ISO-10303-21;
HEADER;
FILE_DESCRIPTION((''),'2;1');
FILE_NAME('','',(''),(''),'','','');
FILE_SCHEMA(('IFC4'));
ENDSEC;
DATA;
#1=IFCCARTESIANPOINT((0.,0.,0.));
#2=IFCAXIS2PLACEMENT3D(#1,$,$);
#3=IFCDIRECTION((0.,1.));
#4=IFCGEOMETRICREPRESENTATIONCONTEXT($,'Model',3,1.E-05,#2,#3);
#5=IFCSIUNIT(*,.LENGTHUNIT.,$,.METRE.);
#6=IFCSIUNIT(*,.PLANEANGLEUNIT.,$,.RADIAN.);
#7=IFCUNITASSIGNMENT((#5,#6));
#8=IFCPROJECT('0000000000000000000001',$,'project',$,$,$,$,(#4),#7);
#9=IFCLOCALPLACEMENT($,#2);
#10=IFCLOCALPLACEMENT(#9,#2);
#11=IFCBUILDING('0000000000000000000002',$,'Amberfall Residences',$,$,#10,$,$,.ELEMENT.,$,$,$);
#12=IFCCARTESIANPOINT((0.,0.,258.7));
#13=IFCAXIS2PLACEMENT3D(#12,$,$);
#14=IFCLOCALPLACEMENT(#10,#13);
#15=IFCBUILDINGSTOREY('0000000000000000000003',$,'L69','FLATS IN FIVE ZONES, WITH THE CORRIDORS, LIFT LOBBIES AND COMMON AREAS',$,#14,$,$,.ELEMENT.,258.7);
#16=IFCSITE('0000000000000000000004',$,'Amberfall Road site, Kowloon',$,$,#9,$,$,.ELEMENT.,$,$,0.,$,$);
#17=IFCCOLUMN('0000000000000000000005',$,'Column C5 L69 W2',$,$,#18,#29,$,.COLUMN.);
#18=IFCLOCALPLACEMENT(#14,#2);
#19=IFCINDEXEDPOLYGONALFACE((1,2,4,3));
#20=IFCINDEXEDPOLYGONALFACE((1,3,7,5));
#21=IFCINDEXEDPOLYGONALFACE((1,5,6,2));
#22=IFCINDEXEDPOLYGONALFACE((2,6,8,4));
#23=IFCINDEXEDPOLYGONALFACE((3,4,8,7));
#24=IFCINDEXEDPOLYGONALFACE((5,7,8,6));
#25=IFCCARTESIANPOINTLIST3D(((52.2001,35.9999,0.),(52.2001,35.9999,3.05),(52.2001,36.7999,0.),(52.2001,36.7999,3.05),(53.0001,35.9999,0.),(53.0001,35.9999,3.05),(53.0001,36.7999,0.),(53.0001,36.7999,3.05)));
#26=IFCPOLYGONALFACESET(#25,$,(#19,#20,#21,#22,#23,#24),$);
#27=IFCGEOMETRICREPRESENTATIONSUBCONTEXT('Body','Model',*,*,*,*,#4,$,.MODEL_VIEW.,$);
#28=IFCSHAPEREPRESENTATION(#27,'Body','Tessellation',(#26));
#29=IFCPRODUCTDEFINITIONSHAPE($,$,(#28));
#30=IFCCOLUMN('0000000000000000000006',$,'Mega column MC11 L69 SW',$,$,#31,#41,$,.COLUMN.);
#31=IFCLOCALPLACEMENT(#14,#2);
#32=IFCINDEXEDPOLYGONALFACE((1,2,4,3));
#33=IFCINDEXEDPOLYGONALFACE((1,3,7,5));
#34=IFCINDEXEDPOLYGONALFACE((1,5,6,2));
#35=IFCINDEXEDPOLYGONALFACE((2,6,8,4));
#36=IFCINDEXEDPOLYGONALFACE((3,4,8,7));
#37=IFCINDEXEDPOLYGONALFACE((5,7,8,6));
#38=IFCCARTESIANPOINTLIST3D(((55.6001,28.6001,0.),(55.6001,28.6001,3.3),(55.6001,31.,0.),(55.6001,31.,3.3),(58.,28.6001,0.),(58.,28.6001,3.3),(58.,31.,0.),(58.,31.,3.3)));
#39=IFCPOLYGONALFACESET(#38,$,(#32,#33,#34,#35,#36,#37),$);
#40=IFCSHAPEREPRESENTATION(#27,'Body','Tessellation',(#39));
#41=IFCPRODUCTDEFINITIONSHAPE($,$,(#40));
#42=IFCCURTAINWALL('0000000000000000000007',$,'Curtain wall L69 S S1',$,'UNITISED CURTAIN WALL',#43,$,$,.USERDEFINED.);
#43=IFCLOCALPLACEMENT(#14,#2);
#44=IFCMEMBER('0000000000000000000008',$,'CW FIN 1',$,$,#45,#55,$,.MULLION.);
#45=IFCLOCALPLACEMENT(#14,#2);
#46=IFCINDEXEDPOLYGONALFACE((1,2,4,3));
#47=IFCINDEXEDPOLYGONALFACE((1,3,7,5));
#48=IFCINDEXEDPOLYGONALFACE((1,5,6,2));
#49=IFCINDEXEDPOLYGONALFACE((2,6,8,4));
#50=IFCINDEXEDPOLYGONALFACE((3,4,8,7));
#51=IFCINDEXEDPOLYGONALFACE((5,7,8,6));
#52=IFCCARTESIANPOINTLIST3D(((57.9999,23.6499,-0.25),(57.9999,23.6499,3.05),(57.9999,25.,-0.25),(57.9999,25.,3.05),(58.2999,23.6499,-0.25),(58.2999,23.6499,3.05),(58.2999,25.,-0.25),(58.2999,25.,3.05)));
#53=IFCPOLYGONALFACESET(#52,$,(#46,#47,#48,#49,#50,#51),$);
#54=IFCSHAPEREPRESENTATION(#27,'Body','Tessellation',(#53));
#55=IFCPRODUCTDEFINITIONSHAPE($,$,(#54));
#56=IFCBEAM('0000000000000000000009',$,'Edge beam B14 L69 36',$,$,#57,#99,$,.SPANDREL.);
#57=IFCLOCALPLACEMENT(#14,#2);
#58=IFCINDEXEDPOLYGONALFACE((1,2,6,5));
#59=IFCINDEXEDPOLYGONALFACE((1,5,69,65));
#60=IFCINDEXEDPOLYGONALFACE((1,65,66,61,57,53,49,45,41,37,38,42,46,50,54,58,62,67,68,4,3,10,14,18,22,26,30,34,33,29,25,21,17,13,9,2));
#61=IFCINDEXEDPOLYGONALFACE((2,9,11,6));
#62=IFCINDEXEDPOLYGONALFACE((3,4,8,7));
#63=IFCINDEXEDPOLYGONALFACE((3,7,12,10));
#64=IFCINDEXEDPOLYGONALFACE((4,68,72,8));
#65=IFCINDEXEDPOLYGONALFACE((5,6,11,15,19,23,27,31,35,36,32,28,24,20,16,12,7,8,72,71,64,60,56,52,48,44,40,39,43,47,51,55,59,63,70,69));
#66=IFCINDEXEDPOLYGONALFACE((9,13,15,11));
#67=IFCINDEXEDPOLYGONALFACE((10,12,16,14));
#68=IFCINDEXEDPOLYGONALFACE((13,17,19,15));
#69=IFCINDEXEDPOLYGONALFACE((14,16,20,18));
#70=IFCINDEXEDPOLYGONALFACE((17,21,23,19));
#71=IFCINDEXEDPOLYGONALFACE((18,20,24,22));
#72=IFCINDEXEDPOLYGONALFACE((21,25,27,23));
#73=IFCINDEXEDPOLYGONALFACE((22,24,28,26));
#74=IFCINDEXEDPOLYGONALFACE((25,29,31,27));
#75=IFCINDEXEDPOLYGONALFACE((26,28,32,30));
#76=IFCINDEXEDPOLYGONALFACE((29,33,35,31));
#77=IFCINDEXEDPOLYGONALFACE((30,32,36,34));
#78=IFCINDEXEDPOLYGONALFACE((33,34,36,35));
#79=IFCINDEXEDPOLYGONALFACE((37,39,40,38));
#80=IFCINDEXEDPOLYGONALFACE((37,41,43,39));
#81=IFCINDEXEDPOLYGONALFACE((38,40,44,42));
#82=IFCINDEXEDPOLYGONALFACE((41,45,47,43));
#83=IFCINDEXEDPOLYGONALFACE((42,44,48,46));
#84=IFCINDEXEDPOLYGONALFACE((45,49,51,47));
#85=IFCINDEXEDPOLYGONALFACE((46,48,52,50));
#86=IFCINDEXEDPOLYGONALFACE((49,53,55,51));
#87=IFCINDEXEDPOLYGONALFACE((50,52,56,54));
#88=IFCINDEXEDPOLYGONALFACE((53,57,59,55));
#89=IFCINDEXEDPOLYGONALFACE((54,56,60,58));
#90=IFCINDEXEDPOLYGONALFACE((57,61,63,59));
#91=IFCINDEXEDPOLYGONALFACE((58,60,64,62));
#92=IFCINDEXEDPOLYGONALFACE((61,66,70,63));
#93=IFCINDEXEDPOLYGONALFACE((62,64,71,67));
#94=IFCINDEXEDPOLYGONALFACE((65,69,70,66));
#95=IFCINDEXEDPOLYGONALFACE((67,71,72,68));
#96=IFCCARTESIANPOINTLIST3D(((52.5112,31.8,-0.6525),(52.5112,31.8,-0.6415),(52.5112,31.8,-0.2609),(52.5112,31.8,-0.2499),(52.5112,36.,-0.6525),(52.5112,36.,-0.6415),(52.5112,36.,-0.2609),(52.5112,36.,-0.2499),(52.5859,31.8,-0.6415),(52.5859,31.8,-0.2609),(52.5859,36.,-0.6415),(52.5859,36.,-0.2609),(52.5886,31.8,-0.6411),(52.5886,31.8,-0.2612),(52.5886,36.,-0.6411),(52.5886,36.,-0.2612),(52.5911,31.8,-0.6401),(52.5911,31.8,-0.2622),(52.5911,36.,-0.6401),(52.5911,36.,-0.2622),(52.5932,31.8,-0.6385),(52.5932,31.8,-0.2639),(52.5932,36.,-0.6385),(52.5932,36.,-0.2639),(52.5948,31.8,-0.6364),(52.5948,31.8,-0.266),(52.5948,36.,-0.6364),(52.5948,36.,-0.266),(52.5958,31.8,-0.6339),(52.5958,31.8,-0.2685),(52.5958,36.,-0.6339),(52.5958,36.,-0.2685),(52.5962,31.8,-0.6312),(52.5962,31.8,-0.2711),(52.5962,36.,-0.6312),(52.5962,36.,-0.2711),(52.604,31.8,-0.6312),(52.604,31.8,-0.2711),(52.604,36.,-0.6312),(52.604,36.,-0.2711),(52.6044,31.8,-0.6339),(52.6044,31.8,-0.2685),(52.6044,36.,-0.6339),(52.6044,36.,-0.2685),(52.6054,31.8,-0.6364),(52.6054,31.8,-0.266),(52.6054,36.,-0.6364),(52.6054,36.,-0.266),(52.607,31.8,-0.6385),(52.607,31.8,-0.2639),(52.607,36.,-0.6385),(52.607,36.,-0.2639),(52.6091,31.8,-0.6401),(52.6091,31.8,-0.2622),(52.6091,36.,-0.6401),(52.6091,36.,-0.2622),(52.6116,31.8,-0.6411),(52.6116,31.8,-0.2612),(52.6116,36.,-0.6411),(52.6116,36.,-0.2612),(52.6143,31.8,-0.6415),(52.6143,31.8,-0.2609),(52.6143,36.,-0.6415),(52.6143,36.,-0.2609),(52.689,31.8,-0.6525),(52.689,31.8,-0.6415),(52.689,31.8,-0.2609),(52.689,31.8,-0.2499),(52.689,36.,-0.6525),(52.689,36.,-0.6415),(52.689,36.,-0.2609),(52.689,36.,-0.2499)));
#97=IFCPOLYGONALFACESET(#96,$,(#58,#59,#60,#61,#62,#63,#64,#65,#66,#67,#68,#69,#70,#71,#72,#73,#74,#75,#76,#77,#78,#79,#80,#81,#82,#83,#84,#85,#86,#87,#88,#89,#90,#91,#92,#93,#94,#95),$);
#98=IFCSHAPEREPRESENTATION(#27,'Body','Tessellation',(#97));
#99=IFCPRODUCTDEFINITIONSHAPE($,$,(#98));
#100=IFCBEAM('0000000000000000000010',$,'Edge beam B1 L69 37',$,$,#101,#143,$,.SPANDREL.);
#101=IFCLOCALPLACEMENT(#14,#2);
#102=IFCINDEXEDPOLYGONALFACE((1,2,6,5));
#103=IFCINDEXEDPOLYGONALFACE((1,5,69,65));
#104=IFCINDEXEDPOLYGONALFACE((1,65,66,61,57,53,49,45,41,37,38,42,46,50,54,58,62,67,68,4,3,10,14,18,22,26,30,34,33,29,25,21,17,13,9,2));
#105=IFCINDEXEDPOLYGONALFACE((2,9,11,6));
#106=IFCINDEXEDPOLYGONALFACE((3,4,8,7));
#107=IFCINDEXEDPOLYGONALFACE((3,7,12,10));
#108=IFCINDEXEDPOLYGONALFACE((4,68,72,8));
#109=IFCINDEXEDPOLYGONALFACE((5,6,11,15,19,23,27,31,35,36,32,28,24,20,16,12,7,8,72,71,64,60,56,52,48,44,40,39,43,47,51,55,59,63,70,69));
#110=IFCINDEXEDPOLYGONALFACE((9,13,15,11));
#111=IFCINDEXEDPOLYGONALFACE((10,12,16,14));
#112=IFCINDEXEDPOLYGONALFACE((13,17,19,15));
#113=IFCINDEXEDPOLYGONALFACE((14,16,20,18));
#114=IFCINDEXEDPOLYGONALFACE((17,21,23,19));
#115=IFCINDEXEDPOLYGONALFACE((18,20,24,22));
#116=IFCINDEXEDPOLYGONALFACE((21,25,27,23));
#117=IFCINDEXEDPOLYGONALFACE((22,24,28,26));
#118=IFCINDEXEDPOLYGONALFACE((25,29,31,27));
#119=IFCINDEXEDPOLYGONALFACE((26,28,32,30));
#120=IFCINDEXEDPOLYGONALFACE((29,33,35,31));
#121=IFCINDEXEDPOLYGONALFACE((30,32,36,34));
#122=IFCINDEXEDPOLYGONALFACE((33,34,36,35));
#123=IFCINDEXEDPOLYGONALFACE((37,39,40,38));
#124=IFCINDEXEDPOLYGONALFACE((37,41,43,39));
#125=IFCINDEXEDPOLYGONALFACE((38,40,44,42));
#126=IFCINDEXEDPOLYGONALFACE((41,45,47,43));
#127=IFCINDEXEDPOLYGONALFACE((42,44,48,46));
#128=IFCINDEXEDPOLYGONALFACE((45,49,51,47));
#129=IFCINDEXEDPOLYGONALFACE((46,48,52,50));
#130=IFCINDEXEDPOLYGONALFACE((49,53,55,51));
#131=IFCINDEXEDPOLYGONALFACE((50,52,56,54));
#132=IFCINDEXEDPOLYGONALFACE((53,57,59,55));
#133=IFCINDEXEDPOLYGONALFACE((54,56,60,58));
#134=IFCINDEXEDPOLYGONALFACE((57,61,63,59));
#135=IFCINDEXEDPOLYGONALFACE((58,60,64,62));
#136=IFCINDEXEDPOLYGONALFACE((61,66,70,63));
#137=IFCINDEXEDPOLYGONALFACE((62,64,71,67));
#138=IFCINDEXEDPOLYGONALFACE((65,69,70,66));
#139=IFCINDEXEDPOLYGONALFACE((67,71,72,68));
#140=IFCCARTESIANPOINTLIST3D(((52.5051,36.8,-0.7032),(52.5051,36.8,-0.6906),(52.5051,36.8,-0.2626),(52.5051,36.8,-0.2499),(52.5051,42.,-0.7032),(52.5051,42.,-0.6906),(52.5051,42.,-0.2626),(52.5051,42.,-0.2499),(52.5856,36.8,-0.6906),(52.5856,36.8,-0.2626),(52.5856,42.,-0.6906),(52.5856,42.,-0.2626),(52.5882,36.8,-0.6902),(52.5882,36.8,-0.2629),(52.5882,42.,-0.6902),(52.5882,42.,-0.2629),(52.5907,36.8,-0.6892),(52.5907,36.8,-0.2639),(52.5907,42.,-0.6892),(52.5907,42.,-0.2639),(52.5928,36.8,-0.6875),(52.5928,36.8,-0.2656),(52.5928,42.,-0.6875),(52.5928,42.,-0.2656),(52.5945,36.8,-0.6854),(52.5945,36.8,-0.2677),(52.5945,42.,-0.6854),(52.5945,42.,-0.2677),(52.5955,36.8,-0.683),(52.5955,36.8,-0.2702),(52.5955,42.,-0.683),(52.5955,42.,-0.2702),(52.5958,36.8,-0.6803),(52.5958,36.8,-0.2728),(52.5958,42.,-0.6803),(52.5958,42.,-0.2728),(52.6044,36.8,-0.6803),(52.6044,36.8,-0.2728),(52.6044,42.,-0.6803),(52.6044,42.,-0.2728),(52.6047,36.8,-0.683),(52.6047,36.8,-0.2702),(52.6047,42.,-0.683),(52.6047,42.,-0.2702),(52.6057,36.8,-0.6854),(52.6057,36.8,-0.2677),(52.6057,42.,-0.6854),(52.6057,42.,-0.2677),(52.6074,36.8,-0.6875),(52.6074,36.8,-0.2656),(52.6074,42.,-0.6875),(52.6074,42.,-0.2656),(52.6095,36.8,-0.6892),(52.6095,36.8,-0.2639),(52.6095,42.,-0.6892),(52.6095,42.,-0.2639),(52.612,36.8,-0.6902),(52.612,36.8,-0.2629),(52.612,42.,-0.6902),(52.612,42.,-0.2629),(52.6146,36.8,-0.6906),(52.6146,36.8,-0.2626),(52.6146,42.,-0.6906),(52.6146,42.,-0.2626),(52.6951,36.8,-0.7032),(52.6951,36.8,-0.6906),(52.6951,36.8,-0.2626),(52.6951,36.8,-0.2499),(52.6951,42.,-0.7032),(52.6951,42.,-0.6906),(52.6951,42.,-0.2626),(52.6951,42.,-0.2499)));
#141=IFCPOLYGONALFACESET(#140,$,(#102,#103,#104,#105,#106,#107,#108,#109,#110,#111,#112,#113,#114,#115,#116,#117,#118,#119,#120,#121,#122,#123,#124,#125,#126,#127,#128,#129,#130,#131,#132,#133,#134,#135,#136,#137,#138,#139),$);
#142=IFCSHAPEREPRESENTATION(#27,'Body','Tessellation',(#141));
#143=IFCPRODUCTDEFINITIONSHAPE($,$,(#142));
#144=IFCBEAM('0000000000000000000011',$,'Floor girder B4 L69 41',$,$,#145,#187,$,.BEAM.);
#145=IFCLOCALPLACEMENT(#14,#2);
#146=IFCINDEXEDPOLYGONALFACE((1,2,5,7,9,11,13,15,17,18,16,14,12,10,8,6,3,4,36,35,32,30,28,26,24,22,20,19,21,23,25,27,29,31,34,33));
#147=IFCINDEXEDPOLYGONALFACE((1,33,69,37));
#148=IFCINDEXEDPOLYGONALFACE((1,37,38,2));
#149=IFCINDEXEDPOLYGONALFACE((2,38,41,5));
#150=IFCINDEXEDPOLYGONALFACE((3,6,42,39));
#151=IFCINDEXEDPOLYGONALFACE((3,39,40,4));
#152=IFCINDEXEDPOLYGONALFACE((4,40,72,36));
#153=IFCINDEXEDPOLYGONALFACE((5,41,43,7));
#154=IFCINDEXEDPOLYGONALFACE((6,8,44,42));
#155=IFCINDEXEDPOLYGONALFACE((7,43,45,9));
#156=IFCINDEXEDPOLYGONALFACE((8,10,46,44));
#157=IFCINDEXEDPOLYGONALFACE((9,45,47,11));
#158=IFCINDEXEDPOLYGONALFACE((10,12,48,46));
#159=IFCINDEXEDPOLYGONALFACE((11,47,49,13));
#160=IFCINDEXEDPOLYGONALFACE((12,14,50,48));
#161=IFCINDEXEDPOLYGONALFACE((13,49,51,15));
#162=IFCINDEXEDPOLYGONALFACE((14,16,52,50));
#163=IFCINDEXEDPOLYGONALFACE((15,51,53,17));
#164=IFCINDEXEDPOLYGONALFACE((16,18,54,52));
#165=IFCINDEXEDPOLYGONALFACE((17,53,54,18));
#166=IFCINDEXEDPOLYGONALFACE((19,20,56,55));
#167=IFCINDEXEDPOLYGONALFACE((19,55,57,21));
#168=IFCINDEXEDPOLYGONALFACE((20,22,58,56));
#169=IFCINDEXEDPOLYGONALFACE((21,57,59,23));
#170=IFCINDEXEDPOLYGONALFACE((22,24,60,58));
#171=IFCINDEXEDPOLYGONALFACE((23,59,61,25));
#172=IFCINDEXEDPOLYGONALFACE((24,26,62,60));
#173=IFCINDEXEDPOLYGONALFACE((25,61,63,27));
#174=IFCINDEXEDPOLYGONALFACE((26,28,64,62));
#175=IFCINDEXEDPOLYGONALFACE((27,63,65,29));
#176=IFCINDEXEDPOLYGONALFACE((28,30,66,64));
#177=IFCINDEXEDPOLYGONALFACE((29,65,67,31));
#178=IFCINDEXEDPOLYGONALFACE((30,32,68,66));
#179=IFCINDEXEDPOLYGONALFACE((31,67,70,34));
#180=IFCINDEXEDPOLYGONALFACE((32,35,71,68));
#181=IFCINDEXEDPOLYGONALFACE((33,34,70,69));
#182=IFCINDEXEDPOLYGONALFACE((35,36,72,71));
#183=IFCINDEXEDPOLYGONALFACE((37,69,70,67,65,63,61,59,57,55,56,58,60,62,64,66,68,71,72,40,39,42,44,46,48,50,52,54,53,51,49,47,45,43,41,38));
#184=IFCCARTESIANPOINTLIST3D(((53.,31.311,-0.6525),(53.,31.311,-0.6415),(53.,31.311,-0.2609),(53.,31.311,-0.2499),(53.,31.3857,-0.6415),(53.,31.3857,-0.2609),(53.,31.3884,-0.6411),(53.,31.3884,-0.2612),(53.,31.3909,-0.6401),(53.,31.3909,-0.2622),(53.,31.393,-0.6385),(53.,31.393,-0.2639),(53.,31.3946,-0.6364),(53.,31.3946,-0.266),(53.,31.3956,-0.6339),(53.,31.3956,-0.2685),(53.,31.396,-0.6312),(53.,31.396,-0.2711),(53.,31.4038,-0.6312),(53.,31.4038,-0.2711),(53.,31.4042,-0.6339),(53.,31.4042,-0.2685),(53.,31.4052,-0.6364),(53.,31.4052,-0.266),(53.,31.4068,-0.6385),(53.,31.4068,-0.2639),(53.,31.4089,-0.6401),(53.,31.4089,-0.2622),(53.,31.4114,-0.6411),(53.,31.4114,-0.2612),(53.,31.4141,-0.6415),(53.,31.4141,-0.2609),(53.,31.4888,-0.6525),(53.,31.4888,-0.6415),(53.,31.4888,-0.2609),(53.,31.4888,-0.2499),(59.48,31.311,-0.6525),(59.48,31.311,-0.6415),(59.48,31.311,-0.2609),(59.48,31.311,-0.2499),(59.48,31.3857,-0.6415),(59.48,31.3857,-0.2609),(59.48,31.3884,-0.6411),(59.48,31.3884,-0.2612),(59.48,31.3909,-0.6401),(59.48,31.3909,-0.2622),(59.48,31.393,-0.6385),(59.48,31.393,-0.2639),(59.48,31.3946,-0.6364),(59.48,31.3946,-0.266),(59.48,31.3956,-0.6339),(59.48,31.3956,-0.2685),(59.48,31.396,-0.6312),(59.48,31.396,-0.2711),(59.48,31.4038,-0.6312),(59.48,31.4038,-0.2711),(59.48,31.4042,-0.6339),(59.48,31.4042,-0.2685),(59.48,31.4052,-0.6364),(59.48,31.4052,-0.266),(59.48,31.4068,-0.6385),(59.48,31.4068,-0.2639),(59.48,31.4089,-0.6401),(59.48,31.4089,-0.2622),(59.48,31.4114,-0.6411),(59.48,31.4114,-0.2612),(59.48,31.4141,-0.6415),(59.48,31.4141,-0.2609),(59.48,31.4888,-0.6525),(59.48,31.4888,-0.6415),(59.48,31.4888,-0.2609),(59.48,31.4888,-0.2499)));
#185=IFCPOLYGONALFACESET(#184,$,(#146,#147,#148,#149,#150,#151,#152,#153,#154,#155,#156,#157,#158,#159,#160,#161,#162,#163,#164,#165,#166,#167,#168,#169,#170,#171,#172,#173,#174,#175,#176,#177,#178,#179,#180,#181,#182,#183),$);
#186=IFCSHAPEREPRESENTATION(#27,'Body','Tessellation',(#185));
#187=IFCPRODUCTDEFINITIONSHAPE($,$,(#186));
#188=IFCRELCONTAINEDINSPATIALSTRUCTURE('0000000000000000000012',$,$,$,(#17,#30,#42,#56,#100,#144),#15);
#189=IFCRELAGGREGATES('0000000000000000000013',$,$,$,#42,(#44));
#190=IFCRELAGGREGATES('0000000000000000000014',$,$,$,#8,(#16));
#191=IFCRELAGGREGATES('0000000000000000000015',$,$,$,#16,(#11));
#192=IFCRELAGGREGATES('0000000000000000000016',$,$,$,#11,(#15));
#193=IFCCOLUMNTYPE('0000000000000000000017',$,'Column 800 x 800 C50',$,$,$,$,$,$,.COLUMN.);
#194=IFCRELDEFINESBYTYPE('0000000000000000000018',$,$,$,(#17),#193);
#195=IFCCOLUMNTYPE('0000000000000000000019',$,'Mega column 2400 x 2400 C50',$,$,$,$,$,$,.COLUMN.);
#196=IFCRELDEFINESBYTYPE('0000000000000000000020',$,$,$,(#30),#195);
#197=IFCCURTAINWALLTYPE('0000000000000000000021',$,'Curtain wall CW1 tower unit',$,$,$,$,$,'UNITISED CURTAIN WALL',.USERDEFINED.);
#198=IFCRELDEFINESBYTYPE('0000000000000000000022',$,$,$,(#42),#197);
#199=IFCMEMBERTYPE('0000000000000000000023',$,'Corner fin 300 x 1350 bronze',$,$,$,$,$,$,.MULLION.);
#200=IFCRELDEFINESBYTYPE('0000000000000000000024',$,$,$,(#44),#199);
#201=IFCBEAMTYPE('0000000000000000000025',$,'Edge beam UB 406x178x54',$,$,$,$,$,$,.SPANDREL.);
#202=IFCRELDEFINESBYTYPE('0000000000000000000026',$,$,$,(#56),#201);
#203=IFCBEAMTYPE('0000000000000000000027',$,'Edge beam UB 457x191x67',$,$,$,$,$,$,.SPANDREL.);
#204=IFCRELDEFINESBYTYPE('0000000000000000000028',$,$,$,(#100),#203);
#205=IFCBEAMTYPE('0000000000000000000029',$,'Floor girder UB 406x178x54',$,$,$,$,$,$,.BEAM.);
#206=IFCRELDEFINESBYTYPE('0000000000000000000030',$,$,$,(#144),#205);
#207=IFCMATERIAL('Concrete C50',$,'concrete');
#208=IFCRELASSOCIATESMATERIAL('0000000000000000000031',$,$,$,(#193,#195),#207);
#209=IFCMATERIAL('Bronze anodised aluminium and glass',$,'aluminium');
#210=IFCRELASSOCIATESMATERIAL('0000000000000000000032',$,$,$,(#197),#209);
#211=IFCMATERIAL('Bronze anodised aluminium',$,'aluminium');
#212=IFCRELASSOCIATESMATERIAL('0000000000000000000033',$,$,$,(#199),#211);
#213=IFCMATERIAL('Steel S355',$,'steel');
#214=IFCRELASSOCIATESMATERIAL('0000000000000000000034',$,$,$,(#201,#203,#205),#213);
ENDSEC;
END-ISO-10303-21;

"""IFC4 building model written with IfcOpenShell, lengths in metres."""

from ifc_helpers import new_model, si_unit, direction, frame, origin, origin_2d, place, context, subcontext, project, spatial, rectangle, i_section, extrude, material, material_profile, profile_set, type_object, element, aggregate, save


model = new_model("IFC4")

# Units and contexts
model_context = context("Model", 3, precision=1e-05, world=origin(), true_north=direction((0.0, 1.0)))
body_context = subcontext(model_context, "Body", "Model", "MODEL_VIEW")
ifc_project = project(units=[si_unit("LENGTHUNIT", "METRE"), si_unit("PLANEANGLEUNIT", "RADIAN")], contexts=[model_context])

# Site, building, storey
site_placement = place(None, origin())
site = spatial("IfcSite", under=ifc_project, at=site_placement, Name="Amberfall Road site, Kowloon", CompositionType="ELEMENT", RefElevation=0.0)
building_placement = place(site_placement, origin())
building = spatial("IfcBuilding", under=site, at=building_placement, Name="Amberfall Residences", CompositionType="ELEMENT")
storey_placement = place(building_placement, frame((0.0, 0.0, 258.7)))
storey = spatial("IfcBuildingStorey", under=building, at=storey_placement, Name="L69", Description="FLATS IN FIVE ZONES, WITH THE CORRIDORS, LIFT LOBBIES AND COMMON AREAS", CompositionType="ELEMENT", Elevation=258.7)

# Columns
ifc_material_1 = material(Name="Concrete C50", Category="concrete")
ifc_material_profile_1 = material_profile(ifc_material_1, rectangle(XDim=0.8, YDim=0.8, at=origin_2d()), Name="Column 800 x 800 C50")
ifc_profile_set_1 = profile_set([ifc_material_profile_1], Name="Concrete C50")
column_type_1 = type_object("IfcColumnType", Name="Column 800 x 800 C50", PredefinedType="COLUMN", material=ifc_profile_set_1)
column_1_placement = place(storey_placement, frame((52.6001, 36.3999, 0.0), z_axis=(0.0, 0.0, 1.0), x_axis=(1.0, 0.0, 0.0)))
element("IfcColumn", 1, at=column_1_placement, inside=storey, type_object=column_type_1, Name="Column C5 L69 W2", PredefinedType="COLUMN", context=body_context, shape_type="SweptSolid", body=[
    extrude(rectangle(XDim=0.8, YDim=0.8, at=origin_2d()), origin(), (0.0, 0.0, 1.0), 3.05),
])
ifc_material_profile_2 = material_profile(ifc_material_1, rectangle(XDim=2.3999, YDim=2.3999, at=origin_2d()), Name="Mega column 2400 x 2400 C50")
ifc_profile_set_2 = profile_set([ifc_material_profile_2], Name="Concrete C50")
column_type_2 = type_object("IfcColumnType", Name="Mega column 2400 x 2400 C50", PredefinedType="COLUMN", material=ifc_profile_set_2)
column_2_placement = place(storey_placement, frame((56.8, 29.8, 0.0), z_axis=(0.0, 0.0, 1.0), x_axis=(1.0, 0.0, 0.0)))
element("IfcColumn", 2, at=column_2_placement, inside=storey, type_object=column_type_2, Name="Mega column MC11 L69 SW", PredefinedType="COLUMN", context=body_context, shape_type="SweptSolid", body=[
    extrude(rectangle(XDim=2.3999, YDim=2.3999, at=origin_2d()), origin(), (0.0, 0.0, 1.0), 3.3),
])

# Curtain wall, member
ifc_material_2 = material(Name="Bronze anodised aluminium and glass", Category="aluminium")
curtain_wall_type = type_object("IfcCurtainWallType", Name="Curtain wall CW1 tower unit", ElementType="UNITISED CURTAIN WALL", PredefinedType="USERDEFINED", material=ifc_material_2)
curtain_wall_placement = place(storey_placement, origin())
curtain_wall = element("IfcCurtainWall", 3, at=curtain_wall_placement, inside=storey, type_object=curtain_wall_type, Name="Curtain wall L69 S S1", ObjectType="UNITISED CURTAIN WALL", PredefinedType="USERDEFINED")
ifc_material_3 = material(Name="Bronze anodised aluminium", Category="aluminium")
ifc_material_profile_3 = material_profile(ifc_material_3, rectangle(XDim=1.3501, YDim=0.3, at=origin_2d()), Name="Corner fin 300 x 1350 bronze")
ifc_profile_set_3 = profile_set([ifc_material_profile_3], Name="Bronze anodised aluminium")
member_type = type_object("IfcMemberType", Name="Corner fin 300 x 1350 bronze", PredefinedType="MULLION", material=ifc_profile_set_3)
member_placement = place(storey_placement, frame((58.1499, 24.325, -0.25), z_axis=(0.0, 0.0, 1.0), x_axis=(0.0, 1.0, 0.0)))
member = element("IfcMember", 4, at=member_placement, type_object=member_type, Name="CW FIN 1", PredefinedType="MULLION", context=body_context, shape_type="SweptSolid", body=[
    extrude(rectangle(XDim=1.3501, YDim=0.3, at=origin_2d()), origin(), (0.0, 0.0, 1.0), 3.3),
])
aggregate(curtain_wall, [member])

# Beams
ifc_material_4 = material(Name="Steel S355", Category="steel")
ifc_material_profile_4 = material_profile(ifc_material_4, i_section(OverallWidth=0.1777, OverallDepth=0.4026, WebThickness=0.0078, FlangeThickness=0.011, FilletRadius=0.0103, at=origin_2d()), Name="UB 406x178x54")
ifc_profile_set_4 = profile_set([ifc_material_profile_4], Name="Steel S355")
beam_type_1 = type_object("IfcBeamType", Name="Edge beam UB 406x178x54", PredefinedType="SPANDREL", material=ifc_profile_set_4)
beam_1_placement = place(storey_placement, frame((52.6001, 31.8, -0.4512), z_axis=(0.0, 1.0, 0.0), x_axis=(-1.0, 0.0, 0.0)))
element("IfcBeam", 5, at=beam_1_placement, inside=storey, type_object=beam_type_1, Name="Edge beam B14 L69 36", PredefinedType="SPANDREL", context=body_context, shape_type="SweptSolid", body=[
    extrude(i_section(OverallWidth=0.1777, OverallDepth=0.4026, WebThickness=0.0078, FlangeThickness=0.011, FilletRadius=0.0103, at=origin_2d()), origin(), (0.0, 0.0, 1.0), 4.2),
])
ifc_material_profile_5 = material_profile(ifc_material_4, i_section(OverallWidth=0.1899, OverallDepth=0.4534, WebThickness=0.0085, FlangeThickness=0.0127, FilletRadius=0.0103, at=origin_2d()), Name="UB 457x191x67")
ifc_profile_set_5 = profile_set([ifc_material_profile_5], Name="Steel S355")
beam_type_2 = type_object("IfcBeamType", Name="Edge beam UB 457x191x67", PredefinedType="SPANDREL", material=ifc_profile_set_5)
beam_2_placement = place(storey_placement, frame((52.6001, 36.8, -0.4766), z_axis=(0.0, 1.0, 0.0), x_axis=(-1.0, 0.0, 0.0)))
element("IfcBeam", 6, at=beam_2_placement, inside=storey, type_object=beam_type_2, Name="Edge beam B1 L69 37", PredefinedType="SPANDREL", context=body_context, shape_type="SweptSolid", body=[
    extrude(i_section(OverallWidth=0.1899, OverallDepth=0.4534, WebThickness=0.0085, FlangeThickness=0.0127, FilletRadius=0.0103, at=origin_2d()), origin(), (0.0, 0.0, 1.0), 5.2),
])
ifc_material_profile_6 = material_profile(ifc_material_4, i_section(OverallWidth=0.1777, OverallDepth=0.4026, WebThickness=0.0078, FlangeThickness=0.011, FilletRadius=0.0103, at=origin_2d()), Name="UB 406x178x54")
ifc_profile_set_6 = profile_set([ifc_material_profile_6], Name="Steel S355")
beam_type_3 = type_object("IfcBeamType", Name="Floor girder UB 406x178x54", PredefinedType="BEAM", material=ifc_profile_set_6)
beam_3_placement = place(storey_placement, frame((53.0, 31.3999, -0.4512), z_axis=(1.0, 0.0, 0.0), x_axis=(0.0, 1.0, 0.0)))
element("IfcBeam", 7, at=beam_3_placement, inside=storey, type_object=beam_type_3, Name="Floor girder B4 L69 41", PredefinedType="BEAM", context=body_context, shape_type="SweptSolid", body=[
    extrude(i_section(OverallWidth=0.1777, OverallDepth=0.4026, WebThickness=0.0078, FlangeThickness=0.011, FilletRadius=0.0103, at=origin_2d()), origin(), (0.0, 0.0, 1.0), 6.48),
])

save(model, "model.ifc")
